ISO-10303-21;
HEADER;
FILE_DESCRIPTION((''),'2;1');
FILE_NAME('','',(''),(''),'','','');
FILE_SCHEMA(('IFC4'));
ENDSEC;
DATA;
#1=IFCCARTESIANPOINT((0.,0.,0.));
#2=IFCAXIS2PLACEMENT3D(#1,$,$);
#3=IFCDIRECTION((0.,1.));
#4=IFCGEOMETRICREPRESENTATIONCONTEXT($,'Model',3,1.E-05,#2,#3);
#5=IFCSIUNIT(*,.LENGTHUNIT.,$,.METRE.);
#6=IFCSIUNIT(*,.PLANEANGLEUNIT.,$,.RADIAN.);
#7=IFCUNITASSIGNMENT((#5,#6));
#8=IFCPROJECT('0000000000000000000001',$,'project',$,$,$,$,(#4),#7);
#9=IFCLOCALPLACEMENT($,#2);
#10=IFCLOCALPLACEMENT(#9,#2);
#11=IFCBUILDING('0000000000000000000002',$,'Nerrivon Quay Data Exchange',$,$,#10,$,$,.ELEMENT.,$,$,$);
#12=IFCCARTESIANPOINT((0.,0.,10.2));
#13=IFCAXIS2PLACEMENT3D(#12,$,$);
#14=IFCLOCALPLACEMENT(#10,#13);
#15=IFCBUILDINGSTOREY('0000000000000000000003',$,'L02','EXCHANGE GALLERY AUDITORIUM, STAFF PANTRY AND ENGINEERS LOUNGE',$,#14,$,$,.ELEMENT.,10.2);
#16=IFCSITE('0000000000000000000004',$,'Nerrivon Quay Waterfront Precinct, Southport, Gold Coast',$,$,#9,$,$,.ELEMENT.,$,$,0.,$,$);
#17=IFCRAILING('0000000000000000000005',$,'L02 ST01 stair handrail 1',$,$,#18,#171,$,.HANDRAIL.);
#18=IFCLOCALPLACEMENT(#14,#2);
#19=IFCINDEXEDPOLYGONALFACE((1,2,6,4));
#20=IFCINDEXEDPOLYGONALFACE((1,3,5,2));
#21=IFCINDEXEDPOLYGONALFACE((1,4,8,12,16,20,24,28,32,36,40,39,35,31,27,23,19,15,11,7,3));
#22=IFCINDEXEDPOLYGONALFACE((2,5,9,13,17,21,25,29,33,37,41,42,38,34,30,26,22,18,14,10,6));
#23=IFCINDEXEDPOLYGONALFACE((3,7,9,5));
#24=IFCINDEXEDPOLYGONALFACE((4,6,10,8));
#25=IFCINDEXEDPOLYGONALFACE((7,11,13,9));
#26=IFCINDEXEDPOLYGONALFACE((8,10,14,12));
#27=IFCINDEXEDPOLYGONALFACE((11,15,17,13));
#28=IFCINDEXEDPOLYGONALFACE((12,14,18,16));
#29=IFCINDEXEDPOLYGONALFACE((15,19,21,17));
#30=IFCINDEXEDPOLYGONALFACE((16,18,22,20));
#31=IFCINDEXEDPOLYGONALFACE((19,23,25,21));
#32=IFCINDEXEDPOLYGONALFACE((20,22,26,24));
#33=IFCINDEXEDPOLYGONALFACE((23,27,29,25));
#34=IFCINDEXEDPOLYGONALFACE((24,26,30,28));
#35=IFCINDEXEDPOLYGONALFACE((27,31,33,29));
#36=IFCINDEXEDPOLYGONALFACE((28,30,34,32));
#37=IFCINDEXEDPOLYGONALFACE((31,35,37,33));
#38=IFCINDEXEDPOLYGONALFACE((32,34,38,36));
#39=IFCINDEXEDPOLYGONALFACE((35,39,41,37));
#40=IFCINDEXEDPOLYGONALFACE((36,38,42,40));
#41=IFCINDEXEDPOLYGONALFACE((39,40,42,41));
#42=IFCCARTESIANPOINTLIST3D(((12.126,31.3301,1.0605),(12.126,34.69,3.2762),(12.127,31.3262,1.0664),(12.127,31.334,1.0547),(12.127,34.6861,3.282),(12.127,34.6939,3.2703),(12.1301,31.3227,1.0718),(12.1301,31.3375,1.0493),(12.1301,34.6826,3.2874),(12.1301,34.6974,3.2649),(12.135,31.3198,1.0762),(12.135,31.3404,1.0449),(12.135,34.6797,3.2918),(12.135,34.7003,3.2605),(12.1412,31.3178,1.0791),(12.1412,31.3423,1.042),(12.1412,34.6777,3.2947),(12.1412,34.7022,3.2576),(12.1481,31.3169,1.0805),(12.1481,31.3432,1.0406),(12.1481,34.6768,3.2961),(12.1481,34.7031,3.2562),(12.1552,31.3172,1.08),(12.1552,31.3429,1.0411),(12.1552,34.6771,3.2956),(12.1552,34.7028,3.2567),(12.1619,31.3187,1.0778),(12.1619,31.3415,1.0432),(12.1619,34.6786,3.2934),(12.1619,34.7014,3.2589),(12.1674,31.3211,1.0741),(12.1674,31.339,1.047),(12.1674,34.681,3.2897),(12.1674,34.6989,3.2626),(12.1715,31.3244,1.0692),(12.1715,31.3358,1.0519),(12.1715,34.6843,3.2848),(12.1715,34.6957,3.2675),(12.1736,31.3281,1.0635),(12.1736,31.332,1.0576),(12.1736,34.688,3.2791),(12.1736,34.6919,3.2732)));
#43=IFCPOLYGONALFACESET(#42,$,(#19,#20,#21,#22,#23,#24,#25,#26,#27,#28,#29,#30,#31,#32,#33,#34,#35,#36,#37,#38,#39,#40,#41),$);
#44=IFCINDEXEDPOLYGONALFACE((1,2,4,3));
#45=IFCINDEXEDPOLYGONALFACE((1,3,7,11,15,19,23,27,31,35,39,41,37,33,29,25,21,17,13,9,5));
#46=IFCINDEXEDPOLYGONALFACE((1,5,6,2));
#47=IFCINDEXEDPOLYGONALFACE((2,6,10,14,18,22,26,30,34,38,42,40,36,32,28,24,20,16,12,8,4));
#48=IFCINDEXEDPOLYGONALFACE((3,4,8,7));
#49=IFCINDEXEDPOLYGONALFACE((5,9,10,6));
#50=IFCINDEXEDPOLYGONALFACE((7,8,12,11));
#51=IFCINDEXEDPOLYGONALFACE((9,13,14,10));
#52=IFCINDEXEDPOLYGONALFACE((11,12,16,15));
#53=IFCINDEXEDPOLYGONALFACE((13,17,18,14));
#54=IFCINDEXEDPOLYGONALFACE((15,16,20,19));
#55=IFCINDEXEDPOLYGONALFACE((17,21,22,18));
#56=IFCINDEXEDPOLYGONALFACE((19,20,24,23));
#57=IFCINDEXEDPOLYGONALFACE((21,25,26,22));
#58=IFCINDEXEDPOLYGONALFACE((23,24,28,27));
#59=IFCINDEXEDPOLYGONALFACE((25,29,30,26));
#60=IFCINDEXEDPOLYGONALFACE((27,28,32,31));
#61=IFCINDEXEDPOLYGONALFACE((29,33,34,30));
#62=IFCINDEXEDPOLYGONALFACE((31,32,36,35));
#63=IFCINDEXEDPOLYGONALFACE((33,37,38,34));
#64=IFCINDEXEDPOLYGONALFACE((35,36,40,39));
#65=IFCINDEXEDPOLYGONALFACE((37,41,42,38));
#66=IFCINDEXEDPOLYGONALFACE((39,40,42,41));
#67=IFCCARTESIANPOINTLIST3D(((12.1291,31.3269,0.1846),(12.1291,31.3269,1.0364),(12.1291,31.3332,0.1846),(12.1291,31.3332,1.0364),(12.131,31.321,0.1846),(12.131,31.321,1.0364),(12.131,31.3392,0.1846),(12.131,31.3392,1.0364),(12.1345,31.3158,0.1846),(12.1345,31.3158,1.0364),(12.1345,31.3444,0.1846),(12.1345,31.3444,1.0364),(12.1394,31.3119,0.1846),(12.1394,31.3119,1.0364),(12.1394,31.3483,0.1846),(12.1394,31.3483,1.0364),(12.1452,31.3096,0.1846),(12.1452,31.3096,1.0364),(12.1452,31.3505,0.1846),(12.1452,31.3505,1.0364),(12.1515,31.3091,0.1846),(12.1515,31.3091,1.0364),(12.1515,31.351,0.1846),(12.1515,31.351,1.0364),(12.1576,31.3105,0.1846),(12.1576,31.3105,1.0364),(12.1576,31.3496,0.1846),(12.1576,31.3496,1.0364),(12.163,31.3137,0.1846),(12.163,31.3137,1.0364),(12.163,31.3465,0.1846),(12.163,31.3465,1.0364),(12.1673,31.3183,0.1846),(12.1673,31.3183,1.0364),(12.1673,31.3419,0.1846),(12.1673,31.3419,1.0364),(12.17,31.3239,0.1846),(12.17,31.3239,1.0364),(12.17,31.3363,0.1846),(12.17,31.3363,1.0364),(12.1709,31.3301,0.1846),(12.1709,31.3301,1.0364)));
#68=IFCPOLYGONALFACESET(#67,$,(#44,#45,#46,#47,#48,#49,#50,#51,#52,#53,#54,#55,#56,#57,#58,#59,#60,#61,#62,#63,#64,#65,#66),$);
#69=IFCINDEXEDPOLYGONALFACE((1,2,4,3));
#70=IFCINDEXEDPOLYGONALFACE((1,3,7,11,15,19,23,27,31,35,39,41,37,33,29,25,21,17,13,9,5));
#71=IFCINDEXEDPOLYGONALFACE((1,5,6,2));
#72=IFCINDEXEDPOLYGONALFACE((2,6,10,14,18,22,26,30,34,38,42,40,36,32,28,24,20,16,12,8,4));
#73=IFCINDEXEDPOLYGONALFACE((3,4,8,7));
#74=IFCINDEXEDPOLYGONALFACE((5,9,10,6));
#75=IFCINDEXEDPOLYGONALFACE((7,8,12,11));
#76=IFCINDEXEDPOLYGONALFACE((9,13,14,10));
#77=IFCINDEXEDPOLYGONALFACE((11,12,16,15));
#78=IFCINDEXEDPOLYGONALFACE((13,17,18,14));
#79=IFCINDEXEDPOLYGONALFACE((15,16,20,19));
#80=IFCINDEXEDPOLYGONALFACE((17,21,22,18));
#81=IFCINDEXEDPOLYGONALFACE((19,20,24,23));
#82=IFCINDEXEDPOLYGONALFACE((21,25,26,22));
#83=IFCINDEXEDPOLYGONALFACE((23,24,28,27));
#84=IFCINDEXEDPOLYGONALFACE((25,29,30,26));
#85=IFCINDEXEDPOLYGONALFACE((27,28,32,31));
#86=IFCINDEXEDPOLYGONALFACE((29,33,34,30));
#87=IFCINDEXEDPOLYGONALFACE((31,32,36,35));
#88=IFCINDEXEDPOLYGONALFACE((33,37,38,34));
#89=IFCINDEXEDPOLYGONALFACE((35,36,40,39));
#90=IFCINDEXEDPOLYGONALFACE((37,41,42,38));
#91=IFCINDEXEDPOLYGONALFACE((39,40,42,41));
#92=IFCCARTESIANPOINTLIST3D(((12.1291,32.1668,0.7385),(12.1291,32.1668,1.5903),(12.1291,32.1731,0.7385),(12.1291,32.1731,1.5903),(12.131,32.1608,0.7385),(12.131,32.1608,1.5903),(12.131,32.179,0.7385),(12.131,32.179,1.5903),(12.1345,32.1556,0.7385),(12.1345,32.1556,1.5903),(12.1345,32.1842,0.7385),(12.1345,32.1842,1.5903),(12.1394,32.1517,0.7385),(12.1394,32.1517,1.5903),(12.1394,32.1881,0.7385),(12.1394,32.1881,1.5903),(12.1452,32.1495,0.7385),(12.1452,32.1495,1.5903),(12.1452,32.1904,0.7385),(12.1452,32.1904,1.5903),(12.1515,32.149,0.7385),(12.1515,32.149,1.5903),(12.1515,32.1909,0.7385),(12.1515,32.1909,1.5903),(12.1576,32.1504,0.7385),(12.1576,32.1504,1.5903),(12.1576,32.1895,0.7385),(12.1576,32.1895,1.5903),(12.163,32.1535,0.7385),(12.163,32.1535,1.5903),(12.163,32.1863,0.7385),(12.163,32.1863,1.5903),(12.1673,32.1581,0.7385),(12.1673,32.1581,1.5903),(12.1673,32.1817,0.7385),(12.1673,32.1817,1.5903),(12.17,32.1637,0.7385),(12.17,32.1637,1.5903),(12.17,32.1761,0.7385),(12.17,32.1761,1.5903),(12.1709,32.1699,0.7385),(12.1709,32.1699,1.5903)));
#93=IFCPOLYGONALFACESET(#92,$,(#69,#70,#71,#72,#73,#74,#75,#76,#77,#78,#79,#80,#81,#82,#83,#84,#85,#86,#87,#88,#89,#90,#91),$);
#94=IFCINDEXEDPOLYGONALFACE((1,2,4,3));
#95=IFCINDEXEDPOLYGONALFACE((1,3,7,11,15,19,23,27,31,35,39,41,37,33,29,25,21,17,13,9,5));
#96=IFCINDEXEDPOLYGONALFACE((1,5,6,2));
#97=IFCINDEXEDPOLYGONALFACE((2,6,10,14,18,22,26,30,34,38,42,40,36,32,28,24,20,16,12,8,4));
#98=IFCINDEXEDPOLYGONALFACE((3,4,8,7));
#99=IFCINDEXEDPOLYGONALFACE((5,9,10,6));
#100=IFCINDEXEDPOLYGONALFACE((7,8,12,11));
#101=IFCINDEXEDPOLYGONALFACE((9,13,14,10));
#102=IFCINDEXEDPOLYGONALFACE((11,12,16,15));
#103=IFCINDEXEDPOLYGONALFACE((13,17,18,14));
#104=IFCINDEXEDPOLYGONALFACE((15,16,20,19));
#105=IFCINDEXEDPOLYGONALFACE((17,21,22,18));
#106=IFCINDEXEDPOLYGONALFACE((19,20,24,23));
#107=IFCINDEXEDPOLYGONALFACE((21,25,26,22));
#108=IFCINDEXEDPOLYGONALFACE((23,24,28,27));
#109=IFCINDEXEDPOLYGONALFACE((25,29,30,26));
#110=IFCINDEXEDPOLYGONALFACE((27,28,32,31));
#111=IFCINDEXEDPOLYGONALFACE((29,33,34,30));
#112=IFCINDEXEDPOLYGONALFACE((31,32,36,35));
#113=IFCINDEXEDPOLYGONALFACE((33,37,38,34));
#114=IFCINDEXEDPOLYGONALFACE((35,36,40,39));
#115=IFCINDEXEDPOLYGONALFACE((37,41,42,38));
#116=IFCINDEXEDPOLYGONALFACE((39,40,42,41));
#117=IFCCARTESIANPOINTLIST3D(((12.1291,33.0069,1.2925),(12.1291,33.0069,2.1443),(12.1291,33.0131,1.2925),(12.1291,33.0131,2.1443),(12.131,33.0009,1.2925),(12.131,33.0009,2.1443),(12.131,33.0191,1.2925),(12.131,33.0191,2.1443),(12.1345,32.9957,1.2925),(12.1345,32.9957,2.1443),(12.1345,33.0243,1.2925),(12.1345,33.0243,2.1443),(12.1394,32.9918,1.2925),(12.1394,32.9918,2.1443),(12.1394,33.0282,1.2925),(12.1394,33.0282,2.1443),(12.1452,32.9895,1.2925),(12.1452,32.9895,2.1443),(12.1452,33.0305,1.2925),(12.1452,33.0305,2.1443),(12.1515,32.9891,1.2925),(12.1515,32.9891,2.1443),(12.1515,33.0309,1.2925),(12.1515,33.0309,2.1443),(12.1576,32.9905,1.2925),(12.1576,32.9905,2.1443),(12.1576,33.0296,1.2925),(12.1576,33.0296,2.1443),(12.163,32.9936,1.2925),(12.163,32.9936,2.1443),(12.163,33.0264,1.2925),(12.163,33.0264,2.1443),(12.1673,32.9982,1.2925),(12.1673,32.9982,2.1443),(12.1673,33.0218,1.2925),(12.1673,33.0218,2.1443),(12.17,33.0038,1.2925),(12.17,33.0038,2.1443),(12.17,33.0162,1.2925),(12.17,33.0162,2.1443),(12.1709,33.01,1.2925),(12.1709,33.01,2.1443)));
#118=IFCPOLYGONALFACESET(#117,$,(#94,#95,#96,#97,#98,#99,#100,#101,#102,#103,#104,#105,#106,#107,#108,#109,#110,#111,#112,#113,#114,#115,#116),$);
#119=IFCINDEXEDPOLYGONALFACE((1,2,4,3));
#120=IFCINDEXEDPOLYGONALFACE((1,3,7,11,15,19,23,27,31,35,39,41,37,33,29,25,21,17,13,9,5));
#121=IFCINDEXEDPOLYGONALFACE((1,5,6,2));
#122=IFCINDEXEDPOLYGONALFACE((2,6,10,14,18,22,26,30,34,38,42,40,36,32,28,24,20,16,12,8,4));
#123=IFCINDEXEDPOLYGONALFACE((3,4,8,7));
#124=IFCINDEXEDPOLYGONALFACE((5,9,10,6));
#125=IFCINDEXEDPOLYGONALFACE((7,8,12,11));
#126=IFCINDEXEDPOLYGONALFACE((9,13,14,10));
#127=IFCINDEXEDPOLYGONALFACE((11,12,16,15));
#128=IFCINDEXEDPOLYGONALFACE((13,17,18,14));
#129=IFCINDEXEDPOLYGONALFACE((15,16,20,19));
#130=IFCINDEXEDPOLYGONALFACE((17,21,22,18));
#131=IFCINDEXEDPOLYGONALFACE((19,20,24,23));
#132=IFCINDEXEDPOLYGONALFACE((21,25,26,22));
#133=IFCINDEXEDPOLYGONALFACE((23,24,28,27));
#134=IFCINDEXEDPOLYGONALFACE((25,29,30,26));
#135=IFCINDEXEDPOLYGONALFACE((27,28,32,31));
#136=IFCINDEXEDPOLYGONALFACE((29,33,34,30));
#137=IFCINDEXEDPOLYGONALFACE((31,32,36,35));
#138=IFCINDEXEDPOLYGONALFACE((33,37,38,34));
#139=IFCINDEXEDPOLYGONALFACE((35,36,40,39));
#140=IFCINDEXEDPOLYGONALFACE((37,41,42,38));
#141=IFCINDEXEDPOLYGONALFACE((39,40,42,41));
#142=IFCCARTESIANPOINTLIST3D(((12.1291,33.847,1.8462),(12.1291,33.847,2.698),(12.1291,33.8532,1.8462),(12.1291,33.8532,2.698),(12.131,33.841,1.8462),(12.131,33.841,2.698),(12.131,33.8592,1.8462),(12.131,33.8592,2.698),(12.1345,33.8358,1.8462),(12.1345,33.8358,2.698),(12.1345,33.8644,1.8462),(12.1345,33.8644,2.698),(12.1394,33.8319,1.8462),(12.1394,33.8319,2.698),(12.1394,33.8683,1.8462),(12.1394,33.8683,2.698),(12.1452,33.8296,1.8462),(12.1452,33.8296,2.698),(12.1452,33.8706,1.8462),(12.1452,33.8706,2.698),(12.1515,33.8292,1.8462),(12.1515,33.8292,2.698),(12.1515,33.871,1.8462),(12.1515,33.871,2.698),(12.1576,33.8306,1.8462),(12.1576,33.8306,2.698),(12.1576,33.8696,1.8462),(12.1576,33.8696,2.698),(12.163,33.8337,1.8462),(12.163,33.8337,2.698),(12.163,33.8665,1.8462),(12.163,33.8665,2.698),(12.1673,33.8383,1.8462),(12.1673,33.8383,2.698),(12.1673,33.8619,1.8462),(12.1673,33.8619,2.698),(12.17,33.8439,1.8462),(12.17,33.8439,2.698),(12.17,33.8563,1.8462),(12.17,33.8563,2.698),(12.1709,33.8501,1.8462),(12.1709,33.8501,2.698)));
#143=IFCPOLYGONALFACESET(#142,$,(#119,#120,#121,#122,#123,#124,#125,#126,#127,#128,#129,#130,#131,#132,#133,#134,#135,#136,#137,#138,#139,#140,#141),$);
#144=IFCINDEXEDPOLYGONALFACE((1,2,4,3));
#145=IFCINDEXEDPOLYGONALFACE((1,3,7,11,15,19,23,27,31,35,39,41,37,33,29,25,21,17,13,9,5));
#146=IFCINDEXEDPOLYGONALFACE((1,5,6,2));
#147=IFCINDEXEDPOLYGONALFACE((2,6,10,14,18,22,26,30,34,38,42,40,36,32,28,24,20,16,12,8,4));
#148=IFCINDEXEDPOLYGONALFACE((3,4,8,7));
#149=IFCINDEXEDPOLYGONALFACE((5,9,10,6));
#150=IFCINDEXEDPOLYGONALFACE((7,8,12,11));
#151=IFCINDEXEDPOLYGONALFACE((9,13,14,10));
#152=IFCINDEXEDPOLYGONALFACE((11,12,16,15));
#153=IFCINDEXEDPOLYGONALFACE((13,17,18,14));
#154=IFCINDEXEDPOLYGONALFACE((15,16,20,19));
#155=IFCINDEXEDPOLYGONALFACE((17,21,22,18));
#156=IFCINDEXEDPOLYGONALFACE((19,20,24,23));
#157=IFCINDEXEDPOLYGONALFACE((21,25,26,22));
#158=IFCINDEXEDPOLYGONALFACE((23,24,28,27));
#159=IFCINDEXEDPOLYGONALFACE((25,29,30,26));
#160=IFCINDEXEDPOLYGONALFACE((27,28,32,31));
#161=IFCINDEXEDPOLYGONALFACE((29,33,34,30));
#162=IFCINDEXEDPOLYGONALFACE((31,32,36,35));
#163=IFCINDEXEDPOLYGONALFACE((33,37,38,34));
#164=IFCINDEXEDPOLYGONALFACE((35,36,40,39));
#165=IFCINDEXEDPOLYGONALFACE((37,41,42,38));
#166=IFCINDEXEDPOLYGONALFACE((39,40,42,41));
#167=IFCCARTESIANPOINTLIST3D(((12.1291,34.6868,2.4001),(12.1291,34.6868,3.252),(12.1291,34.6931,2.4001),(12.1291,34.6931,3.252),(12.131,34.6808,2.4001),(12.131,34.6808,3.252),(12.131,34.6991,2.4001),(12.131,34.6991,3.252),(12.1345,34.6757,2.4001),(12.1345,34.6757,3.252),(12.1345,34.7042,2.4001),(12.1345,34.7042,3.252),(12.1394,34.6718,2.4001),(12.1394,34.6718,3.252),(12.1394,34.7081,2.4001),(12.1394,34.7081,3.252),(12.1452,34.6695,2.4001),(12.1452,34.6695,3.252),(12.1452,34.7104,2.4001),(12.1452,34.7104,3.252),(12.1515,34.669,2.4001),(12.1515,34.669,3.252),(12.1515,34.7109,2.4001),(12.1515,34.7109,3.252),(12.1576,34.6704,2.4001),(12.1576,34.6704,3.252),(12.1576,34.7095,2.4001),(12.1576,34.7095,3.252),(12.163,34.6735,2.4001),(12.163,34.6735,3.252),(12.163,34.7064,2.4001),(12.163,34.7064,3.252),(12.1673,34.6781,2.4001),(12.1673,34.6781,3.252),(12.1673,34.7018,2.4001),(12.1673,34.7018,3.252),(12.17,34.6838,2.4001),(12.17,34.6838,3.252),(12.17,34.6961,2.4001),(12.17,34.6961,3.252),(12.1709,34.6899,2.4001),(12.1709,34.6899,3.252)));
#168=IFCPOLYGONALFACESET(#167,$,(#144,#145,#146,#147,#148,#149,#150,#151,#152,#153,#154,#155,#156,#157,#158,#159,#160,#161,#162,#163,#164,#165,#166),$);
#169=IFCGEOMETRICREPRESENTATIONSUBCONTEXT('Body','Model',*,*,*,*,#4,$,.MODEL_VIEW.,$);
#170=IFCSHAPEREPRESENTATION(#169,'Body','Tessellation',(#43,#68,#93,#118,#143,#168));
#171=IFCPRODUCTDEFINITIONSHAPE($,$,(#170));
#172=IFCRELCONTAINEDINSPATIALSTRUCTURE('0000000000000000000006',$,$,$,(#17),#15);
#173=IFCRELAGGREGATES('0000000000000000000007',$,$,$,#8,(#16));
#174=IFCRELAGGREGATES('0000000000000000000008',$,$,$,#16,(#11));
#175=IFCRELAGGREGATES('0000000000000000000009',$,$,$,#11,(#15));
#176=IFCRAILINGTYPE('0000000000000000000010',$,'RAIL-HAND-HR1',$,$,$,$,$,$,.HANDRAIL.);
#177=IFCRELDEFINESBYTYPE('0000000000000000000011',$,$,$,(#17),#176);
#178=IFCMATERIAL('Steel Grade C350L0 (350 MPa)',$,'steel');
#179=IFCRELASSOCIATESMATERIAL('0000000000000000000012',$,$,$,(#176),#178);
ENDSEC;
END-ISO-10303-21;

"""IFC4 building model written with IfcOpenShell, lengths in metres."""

from ifc_helpers import new_model, si_unit, direction, frame, origin, origin_2d, place, context, subcontext, project, spatial, circle, extrude, material, type_object, element, save


model = new_model("IFC4")

# Units and contexts
model_context = context("Model", 3, precision=1e-05, world=origin(), true_north=direction((0.0, 1.0)))
body_context = subcontext(model_context, "Body", "Model", "MODEL_VIEW")
ifc_project = project(units=[si_unit("LENGTHUNIT", "METRE"), si_unit("PLANEANGLEUNIT", "RADIAN")], contexts=[model_context])

# Site, building, storey
site_placement = place(None, origin())
site = spatial("IfcSite", under=ifc_project, at=site_placement, Name="Nerrivon Quay Waterfront Precinct, Southport, Gold Coast", CompositionType="ELEMENT", RefElevation=0.0)
building_placement = place(site_placement, origin())
building = spatial("IfcBuilding", under=site, at=building_placement, Name="Nerrivon Quay Data Exchange", CompositionType="ELEMENT")
storey_placement = place(building_placement, frame((0.0, 0.0, 10.2)))
storey = spatial("IfcBuildingStorey", under=building, at=storey_placement, Name="L02", Description="EXCHANGE GALLERY AUDITORIUM, STAFF PANTRY AND ENGINEERS LOUNGE", CompositionType="ELEMENT", Elevation=10.2)

# Railing
ifc_material_1 = material(Name="Steel Grade C350L0 (350 MPa)", Category="steel")
railing_type_1 = type_object("IfcRailingType", Name="RAIL-HAND-HR1", PredefinedType="HANDRAIL", material=ifc_material_1)
railing_1_placement = place(storey_placement, frame((12.1499, 31.3301, 0.1846)))
element("IfcRailing", 1, at=railing_1_placement, inside=storey, type_object=railing_type_1, Name="L02 ST01 stair handrail 1", PredefinedType="HANDRAIL", context=body_context, shape_type="SweptSolid", body=[
    extrude(circle(Radius=0.0239, at=origin_2d()), frame((0.0, 0.0, 0.876), z_axis=(0.0, 0.83483, 0.550508), x_axis=(-1.0, 0.0, 0.0)), (0.0, 0.0, 1.0), 4.0247),
    extrude(circle(Radius=0.021, at=origin_2d()), origin(), (0.0, 0.0, 1.0), 0.8518),
    extrude(circle(Radius=0.021, at=origin_2d()), frame((0.0, 0.8398, 0.554)), (0.0, 0.0, 1.0), 0.8518),
    extrude(circle(Radius=0.021, at=origin_2d()), frame((0.0, 1.6799, 1.1079)), (0.0, 0.0, 1.0), 0.8518),
    extrude(circle(Radius=0.021, at=origin_2d()), frame((0.0, 2.52, 1.6616)), (0.0, 0.0, 1.0), 0.8518),
    extrude(circle(Radius=0.021, at=origin_2d()), frame((0.0, 3.3599, 2.2156)), (0.0, 0.0, 1.0), 0.8518),
])

save(model, "model.ifc")
